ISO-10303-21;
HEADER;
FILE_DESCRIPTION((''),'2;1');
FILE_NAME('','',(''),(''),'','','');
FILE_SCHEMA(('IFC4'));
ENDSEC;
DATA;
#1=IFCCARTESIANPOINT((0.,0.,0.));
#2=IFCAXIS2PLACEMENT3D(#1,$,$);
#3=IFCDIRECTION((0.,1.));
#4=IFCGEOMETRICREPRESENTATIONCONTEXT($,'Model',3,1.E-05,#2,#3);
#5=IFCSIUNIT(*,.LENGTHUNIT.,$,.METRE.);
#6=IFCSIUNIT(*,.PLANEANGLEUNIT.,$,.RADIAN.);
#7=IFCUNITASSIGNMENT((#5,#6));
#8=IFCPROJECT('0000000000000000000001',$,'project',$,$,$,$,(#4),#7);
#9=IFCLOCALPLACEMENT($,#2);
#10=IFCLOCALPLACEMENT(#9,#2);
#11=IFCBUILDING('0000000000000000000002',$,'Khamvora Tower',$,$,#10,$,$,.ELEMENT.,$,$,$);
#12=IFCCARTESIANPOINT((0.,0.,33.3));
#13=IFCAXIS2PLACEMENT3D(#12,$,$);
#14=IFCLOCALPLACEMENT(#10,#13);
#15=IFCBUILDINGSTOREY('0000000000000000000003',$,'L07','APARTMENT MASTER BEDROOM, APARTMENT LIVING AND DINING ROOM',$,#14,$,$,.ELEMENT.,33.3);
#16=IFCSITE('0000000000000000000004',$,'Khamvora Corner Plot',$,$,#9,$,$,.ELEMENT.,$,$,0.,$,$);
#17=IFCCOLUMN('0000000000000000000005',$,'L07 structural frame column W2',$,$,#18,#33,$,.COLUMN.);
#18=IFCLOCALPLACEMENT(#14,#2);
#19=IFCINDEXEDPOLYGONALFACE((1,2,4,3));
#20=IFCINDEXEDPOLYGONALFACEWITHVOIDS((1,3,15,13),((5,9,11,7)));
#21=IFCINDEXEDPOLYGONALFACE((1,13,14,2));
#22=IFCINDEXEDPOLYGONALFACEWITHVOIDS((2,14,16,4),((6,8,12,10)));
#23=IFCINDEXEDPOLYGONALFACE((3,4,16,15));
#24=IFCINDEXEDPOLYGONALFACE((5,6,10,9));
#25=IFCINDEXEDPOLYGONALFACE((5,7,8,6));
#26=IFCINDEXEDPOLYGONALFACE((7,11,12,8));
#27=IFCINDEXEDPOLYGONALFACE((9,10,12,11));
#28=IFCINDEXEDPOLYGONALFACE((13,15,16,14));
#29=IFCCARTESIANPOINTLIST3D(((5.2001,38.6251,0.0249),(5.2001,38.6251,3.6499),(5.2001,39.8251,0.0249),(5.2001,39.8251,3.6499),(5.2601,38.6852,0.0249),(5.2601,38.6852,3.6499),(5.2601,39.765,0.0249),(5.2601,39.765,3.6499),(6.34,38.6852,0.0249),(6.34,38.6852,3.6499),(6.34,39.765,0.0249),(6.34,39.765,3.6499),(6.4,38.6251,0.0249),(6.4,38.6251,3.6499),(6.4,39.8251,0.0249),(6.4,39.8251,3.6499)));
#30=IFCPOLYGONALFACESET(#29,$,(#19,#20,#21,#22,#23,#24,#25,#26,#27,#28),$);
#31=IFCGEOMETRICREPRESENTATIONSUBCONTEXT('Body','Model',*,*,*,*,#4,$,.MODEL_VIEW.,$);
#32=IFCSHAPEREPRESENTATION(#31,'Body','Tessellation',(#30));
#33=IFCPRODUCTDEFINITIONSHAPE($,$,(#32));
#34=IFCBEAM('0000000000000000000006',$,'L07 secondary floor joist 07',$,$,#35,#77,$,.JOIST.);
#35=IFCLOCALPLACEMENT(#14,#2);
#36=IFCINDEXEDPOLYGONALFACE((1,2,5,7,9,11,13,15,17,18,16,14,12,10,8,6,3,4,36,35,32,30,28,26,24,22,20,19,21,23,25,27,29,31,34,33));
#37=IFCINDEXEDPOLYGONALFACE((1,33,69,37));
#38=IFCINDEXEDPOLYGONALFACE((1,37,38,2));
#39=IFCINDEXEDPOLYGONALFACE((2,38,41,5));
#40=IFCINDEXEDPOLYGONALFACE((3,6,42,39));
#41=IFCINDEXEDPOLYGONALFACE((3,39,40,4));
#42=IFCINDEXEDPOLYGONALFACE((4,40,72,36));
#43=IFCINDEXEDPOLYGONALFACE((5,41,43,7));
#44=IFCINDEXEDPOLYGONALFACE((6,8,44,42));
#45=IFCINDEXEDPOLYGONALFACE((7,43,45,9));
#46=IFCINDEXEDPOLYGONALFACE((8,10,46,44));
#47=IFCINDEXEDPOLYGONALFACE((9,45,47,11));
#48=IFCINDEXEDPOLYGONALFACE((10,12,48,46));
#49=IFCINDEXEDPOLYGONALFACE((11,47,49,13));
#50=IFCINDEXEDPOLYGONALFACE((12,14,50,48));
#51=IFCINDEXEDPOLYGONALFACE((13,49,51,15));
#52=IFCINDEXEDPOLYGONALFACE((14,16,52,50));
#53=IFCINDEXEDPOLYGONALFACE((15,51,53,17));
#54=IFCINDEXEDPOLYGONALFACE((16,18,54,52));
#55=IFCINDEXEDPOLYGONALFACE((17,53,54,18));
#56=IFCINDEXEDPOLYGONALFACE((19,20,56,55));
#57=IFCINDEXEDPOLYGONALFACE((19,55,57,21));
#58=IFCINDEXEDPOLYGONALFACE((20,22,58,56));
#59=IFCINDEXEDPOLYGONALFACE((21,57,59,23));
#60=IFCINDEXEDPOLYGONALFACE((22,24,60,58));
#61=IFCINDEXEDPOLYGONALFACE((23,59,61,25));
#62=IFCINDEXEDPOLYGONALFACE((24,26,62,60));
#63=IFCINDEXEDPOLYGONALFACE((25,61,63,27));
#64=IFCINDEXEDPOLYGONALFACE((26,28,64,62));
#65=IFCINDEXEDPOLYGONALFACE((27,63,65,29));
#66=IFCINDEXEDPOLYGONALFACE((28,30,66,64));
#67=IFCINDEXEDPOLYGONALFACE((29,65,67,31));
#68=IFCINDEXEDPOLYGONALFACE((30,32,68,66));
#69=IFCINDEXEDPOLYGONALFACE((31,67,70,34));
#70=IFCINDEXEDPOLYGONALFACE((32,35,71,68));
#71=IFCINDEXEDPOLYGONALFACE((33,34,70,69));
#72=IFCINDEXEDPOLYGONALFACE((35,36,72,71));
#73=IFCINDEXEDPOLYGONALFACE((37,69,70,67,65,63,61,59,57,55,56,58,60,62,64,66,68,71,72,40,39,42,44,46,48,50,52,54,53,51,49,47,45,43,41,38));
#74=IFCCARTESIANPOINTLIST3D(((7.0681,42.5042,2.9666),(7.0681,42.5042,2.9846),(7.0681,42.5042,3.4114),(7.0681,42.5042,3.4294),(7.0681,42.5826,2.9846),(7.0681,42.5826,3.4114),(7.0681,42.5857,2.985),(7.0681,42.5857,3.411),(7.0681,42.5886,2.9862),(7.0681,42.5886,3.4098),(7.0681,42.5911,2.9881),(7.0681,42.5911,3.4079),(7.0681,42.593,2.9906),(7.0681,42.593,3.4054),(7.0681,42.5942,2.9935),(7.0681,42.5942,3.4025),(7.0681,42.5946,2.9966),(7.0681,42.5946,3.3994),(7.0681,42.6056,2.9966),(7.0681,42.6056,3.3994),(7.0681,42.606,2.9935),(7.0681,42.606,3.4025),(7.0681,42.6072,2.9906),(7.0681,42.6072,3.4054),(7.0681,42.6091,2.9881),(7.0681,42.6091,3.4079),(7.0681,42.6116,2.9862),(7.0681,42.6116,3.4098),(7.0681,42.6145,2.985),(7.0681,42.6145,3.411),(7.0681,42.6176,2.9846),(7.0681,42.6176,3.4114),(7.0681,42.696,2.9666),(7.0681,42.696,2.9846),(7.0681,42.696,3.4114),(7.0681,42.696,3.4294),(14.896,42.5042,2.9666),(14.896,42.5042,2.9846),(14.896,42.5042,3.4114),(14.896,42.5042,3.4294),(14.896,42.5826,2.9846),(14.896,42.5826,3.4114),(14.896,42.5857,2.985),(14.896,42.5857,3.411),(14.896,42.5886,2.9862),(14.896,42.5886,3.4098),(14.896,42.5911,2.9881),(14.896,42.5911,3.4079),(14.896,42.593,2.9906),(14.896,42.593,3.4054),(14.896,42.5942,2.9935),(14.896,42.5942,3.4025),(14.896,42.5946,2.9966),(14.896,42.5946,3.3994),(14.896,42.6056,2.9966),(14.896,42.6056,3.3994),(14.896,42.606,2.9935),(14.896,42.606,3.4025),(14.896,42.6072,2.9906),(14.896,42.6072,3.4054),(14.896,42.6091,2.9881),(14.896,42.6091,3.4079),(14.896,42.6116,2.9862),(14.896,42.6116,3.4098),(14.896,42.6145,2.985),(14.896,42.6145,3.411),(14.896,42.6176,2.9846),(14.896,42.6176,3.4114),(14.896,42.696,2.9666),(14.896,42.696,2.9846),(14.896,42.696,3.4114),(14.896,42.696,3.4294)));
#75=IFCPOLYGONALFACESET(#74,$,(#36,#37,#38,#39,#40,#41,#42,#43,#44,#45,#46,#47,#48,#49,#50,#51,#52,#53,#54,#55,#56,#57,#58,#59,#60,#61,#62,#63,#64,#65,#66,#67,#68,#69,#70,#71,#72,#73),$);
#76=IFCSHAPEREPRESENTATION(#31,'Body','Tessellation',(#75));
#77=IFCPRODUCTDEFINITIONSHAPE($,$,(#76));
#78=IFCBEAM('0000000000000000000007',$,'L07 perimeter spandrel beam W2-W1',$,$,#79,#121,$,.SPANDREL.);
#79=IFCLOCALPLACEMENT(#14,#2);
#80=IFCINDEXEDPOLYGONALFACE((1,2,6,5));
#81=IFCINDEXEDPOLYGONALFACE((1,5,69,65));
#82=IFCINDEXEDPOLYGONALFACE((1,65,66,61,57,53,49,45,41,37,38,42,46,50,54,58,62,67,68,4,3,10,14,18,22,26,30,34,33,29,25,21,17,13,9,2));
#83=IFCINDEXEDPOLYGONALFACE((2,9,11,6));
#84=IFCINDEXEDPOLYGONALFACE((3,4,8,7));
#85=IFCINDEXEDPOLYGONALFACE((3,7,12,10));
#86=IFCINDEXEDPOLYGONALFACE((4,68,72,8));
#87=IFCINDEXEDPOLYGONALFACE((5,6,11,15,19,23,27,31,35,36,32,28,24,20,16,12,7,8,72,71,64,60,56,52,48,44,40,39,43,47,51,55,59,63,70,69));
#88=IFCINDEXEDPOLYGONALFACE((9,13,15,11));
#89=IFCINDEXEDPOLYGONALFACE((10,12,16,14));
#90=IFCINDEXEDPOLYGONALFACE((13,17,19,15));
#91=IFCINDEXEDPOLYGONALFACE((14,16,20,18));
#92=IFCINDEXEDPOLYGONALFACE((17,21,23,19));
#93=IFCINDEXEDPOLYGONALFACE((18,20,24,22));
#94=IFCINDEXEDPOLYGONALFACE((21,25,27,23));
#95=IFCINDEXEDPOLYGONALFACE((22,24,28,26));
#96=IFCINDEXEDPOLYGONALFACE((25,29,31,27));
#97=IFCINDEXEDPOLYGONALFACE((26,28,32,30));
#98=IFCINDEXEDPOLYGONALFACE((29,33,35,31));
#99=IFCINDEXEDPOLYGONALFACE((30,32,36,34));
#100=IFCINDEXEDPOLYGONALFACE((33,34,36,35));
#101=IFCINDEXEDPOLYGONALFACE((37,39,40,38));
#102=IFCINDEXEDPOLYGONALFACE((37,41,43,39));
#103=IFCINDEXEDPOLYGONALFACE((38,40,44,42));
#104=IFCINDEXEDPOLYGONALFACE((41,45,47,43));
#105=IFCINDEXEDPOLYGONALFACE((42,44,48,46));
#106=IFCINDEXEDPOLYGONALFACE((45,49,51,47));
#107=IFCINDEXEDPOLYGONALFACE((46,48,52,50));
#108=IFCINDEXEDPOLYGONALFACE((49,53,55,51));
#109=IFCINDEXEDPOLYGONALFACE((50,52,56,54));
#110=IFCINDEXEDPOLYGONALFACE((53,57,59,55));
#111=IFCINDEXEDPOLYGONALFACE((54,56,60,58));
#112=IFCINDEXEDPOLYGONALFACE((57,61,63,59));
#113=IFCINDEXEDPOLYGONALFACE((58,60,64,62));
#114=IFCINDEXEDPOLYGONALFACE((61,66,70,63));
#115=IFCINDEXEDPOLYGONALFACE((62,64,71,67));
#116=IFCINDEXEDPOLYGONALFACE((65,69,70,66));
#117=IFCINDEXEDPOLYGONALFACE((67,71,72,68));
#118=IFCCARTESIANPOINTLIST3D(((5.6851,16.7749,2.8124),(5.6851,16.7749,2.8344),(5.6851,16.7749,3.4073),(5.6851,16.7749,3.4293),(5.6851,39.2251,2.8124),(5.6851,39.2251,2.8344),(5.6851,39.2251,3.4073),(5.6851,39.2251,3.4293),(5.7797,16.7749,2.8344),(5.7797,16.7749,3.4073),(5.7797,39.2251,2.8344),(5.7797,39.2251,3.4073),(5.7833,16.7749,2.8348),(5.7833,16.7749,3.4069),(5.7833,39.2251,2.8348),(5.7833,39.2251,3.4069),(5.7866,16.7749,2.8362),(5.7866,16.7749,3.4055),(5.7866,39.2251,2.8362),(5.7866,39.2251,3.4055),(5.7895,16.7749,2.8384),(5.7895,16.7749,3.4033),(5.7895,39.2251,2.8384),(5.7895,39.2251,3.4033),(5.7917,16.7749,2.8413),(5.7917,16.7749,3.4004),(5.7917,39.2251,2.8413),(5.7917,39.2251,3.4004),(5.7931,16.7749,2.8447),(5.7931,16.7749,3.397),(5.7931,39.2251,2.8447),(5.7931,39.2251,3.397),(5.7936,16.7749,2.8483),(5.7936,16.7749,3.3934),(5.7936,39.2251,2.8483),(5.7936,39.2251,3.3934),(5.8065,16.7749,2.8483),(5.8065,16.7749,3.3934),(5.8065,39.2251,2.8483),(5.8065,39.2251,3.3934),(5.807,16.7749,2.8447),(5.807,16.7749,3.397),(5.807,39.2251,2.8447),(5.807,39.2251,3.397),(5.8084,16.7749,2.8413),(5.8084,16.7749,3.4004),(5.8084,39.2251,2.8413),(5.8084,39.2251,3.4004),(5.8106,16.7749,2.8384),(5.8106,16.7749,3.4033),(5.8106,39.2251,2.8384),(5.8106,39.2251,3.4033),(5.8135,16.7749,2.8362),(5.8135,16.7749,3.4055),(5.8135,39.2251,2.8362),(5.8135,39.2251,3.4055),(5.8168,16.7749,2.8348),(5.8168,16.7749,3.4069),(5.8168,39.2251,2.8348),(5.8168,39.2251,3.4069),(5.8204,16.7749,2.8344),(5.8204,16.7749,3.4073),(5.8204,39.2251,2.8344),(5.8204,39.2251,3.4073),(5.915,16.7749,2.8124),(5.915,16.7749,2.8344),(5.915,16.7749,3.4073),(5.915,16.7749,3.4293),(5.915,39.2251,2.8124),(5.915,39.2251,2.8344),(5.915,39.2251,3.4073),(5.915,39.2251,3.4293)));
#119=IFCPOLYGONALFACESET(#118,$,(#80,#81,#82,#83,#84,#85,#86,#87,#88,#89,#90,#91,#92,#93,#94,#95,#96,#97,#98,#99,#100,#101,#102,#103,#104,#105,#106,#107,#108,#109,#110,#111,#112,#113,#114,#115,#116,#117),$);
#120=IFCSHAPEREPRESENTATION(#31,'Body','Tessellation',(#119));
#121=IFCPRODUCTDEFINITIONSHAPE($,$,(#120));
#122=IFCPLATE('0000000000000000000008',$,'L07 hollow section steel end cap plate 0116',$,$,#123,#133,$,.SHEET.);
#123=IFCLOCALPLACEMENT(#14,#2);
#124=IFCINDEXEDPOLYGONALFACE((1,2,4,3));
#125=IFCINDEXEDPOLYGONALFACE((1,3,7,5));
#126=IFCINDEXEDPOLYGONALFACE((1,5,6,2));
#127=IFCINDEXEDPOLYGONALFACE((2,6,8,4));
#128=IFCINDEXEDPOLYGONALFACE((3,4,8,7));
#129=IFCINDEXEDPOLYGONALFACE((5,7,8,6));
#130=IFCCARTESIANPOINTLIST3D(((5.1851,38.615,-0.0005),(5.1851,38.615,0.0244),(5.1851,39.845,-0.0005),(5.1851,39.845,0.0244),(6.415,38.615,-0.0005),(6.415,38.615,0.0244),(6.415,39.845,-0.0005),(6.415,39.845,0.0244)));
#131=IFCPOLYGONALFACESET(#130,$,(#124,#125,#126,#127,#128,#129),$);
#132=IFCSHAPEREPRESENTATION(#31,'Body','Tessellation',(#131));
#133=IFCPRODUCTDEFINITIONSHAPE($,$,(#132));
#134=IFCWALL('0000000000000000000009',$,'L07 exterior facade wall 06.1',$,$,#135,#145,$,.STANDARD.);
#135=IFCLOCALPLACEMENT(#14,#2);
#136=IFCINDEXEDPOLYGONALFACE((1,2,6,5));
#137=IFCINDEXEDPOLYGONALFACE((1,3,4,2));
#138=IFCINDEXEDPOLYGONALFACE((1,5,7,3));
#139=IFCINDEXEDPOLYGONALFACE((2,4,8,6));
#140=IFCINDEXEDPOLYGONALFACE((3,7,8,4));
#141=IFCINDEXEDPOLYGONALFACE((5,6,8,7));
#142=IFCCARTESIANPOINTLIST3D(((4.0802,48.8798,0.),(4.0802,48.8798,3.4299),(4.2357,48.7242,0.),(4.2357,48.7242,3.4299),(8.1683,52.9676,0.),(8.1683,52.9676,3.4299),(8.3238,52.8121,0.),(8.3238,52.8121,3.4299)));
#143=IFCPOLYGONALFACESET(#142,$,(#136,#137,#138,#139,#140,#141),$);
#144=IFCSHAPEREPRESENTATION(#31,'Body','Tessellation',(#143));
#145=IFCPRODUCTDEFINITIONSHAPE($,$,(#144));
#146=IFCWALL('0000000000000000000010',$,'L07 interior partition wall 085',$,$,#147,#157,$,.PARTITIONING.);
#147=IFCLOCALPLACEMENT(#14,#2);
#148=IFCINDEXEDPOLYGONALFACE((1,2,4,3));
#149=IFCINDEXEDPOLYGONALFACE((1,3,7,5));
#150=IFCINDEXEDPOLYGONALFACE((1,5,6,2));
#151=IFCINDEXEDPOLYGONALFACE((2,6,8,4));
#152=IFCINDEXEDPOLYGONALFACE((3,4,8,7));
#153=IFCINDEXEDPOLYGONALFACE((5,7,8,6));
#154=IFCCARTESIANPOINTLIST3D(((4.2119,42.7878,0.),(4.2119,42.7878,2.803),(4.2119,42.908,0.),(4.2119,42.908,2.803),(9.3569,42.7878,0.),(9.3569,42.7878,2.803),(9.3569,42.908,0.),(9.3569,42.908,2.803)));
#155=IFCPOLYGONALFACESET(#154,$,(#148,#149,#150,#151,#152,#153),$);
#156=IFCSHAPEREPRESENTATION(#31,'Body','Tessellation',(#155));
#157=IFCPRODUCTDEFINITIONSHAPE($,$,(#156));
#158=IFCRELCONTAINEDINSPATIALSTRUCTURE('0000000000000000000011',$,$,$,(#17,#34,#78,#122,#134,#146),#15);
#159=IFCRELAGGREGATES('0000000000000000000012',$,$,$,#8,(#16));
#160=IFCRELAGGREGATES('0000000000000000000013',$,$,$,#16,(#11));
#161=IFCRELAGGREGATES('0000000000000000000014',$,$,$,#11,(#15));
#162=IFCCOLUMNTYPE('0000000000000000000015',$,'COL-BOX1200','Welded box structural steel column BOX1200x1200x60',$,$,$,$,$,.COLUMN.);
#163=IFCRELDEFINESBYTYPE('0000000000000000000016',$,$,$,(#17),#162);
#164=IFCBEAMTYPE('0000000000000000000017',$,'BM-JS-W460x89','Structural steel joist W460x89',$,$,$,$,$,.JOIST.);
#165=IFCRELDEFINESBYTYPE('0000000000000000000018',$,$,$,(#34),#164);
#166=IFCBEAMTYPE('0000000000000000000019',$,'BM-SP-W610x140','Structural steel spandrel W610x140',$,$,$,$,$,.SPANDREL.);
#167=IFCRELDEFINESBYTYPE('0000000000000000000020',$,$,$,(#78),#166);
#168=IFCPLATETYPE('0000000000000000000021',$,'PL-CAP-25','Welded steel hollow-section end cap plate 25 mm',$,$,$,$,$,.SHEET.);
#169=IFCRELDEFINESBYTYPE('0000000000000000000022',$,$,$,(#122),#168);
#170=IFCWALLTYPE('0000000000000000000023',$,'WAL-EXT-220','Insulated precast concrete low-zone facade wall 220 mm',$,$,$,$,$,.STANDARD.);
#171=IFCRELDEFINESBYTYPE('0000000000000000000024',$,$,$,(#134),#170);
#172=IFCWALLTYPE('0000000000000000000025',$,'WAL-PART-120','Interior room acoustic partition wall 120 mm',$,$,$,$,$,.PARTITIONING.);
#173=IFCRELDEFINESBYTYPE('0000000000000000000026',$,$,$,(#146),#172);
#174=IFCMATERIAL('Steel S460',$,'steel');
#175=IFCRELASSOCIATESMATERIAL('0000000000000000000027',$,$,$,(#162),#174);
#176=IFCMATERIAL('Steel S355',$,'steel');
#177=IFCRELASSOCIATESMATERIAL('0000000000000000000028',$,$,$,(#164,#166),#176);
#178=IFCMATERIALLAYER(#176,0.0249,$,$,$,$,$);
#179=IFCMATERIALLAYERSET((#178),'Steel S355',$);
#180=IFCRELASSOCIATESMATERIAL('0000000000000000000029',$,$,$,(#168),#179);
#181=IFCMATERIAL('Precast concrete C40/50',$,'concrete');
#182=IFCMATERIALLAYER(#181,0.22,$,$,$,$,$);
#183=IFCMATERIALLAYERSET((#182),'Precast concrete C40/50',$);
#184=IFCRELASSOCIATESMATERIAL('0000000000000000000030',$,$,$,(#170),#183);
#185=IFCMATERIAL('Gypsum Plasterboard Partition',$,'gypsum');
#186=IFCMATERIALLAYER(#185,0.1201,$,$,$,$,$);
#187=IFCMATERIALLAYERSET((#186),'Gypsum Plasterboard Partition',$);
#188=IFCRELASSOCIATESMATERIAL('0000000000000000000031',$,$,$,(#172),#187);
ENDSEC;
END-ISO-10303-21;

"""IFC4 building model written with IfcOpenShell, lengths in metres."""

from ifc_helpers import new_model, si_unit, direction, frame, frame_2d, origin, origin_2d, place, context, subcontext, project, spatial, rectangle, hollow_rectangle, i_section, extrude, material, layer, layer_set, material_profile, profile_set, type_object, element, save


model = new_model("IFC4")

# Units and contexts
model_context = context("Model", 3, precision=1e-05, world=origin(), true_north=direction((0.0, 1.0)))
body_context = subcontext(model_context, "Body", "Model", "MODEL_VIEW")
ifc_project = project(units=[si_unit("LENGTHUNIT", "METRE"), si_unit("PLANEANGLEUNIT", "RADIAN")], contexts=[model_context])

# Site, building, storey
site_placement = place(None, origin())
site = spatial("IfcSite", under=ifc_project, at=site_placement, Name="Khamvora Corner Plot", CompositionType="ELEMENT", RefElevation=0.0)
building_placement = place(site_placement, origin())
building = spatial("IfcBuilding", under=site, at=building_placement, Name="Khamvora Tower", CompositionType="ELEMENT")
storey_placement = place(building_placement, frame((0.0, 0.0, 33.3)))
storey = spatial("IfcBuildingStorey", under=building, at=storey_placement, Name="L07", Description="APARTMENT MASTER BEDROOM, APARTMENT LIVING AND DINING ROOM", CompositionType="ELEMENT", Elevation=33.3)

# Column
ifc_material_1 = material(Name="Steel S460", Category="steel")
ifc_material_profile_1 = material_profile(ifc_material_1, hollow_rectangle(XDim=1.2, YDim=1.2, WallThickness=0.0601, at=origin_2d()), Name="BOX1200x1200x60")
ifc_profile_set_1 = profile_set([ifc_material_profile_1], Name="Steel S460")
column_type = type_object("IfcColumnType", Name="COL-BOX1200", Description="Welded box structural steel column BOX1200x1200x60", PredefinedType="COLUMN", material=ifc_profile_set_1)
column_placement = place(storey_placement, frame((5.8, 39.2251, 0.0249), z_axis=(0.0, 0.0, 1.0), x_axis=(1.0, 0.0, 0.0)))
element("IfcColumn", 1, at=column_placement, inside=storey, type_object=column_type, Name="L07 structural frame column W2", PredefinedType="COLUMN", context=body_context, shape_type="SweptSolid", body=[
    extrude(hollow_rectangle(XDim=1.2, YDim=1.2, WallThickness=0.0601, at=origin_2d()), origin(), (0.0, 0.0, 1.0), 3.625),
])

# Beams
ifc_material_2 = material(Name="Steel S355", Category="steel")
ifc_material_profile_2 = material_profile(ifc_material_2, i_section(OverallWidth=0.1919, OverallDepth=0.4629, WebThickness=0.011, FlangeThickness=0.0181, FilletRadius=0.012, at=origin_2d()), Name="W460x89")
ifc_profile_set_2 = profile_set([ifc_material_profile_2], Name="Steel S355")
beam_type_1 = type_object("IfcBeamType", Name="BM-JS-W460x89", Description="Structural steel joist W460x89", PredefinedType="JOIST", material=ifc_profile_set_2)
beam_1_placement = place(storey_placement, frame((7.0681, 42.6001, 3.198), z_axis=(1.0, 0.0, 0.0), x_axis=(0.0, 1.0, 0.0)))
element("IfcBeam", 2, at=beam_1_placement, inside=storey, type_object=beam_type_1, Name="L07 secondary floor joist 07", PredefinedType="JOIST", context=body_context, shape_type="SweptSolid", body=[
    extrude(i_section(OverallWidth=0.1919, OverallDepth=0.4629, WebThickness=0.011, FlangeThickness=0.0181, FilletRadius=0.012, at=origin_2d()), origin(), (0.0, 0.0, 1.0), 7.8279),
])
ifc_material_profile_3 = material_profile(ifc_material_2, i_section(OverallWidth=0.23, OverallDepth=0.6169, WebThickness=0.0129, FlangeThickness=0.022, FilletRadius=0.0139, at=origin_2d()), Name="W610x140")
ifc_profile_set_3 = profile_set([ifc_material_profile_3], Name="Steel S355")
beam_type_2 = type_object("IfcBeamType", Name="BM-SP-W610x140", Description="Structural steel spandrel W610x140", PredefinedType="SPANDREL", material=ifc_profile_set_3)
beam_2_placement = place(storey_placement, frame((5.8, 39.2251, 3.1208), z_axis=(0.0, -1.0, 0.0), x_axis=(1.0, 0.0, 0.0)))
element("IfcBeam", 3, at=beam_2_placement, inside=storey, type_object=beam_type_2, Name="L07 perimeter spandrel beam W2-W1", PredefinedType="SPANDREL", context=body_context, shape_type="SweptSolid", body=[
    extrude(i_section(OverallWidth=0.23, OverallDepth=0.6169, WebThickness=0.0129, FlangeThickness=0.022, FilletRadius=0.0139, at=origin_2d()), origin(), (0.0, 0.0, 1.0), 22.4502),
])

# Plate
ifc_layer_1 = layer(ifc_material_2, 0.0249)
ifc_layer_set_1 = layer_set([ifc_layer_1], Name="Steel S355")
plate_type = type_object("IfcPlateType", Name="PL-CAP-25", Description="Welded steel hollow-section end cap plate 25 mm", PredefinedType="SHEET", material=ifc_layer_set_1)
plate_placement = place(storey_placement, frame((5.8, 39.23, -0.0005), z_axis=(0.0, 0.0, 1.0), x_axis=(1.0, 0.0, 0.0)))
element("IfcPlate", 4, at=plate_placement, inside=storey, type_object=plate_type, Name="L07 hollow section steel end cap plate 0116", PredefinedType="SHEET", context=body_context, shape_type="SweptSolid", body=[
    extrude(rectangle(XDim=1.23, YDim=1.23, at=origin_2d()), origin(), (0.0, 0.0, 1.0), 0.0249),
])

# Wall
ifc_material_3 = material(Name="Precast concrete C40/50", Category="concrete")
ifc_layer_2 = layer(ifc_material_3, 0.22)
ifc_layer_set_2 = layer_set([ifc_layer_2], Name="Precast concrete C40/50")
wall_type_1 = type_object("IfcWallType", Name="WAL-EXT-220", Description="Insulated precast concrete low-zone facade wall 220 mm", PredefinedType="STANDARD", material=ifc_layer_set_2)
wall_1_placement = place(storey_placement, frame((4.158, 48.802, 0.0), z_axis=(0.0, 0.0, 1.0), x_axis=(0.707128, 0.707086, 0.0)))
element("IfcWall", 5, at=wall_1_placement, inside=storey, type_object=wall_type_1, Name="L07 exterior facade wall 06.1", PredefinedType="STANDARD", context=body_context, shape_type="SweptSolid", body=[
    extrude(rectangle(XDim=5.7812, YDim=0.22, at=frame_2d((2.8906, 0.0))), origin(), (0.0, 0.0, 1.0), 3.4299),
])

# Wall
ifc_material_4 = material(Name="Gypsum Plasterboard Partition", Category="gypsum")
ifc_layer_3 = layer(ifc_material_4, 0.1201)
ifc_layer_set_3 = layer_set([ifc_layer_3], Name="Gypsum Plasterboard Partition")
wall_type_2 = type_object("IfcWallType", Name="WAL-PART-120", Description="Interior room acoustic partition wall 120 mm", PredefinedType="PARTITIONING", material=ifc_layer_set_3)
wall_2_placement = place(storey_placement, frame((4.2119, 42.8479, 0.0), z_axis=(0.0, 0.0, 1.0), x_axis=(1.0, 0.0, 0.0)))
element("IfcWall", 6, at=wall_2_placement, inside=storey, type_object=wall_type_2, Name="L07 interior partition wall 085", PredefinedType="PARTITIONING", context=body_context, shape_type="SweptSolid", body=[
    extrude(rectangle(XDim=5.145, YDim=0.1201, at=frame_2d((2.5725, 0.0))), origin(), (0.0, 0.0, 1.0), 2.803),
])

save(model, "model.ifc")
